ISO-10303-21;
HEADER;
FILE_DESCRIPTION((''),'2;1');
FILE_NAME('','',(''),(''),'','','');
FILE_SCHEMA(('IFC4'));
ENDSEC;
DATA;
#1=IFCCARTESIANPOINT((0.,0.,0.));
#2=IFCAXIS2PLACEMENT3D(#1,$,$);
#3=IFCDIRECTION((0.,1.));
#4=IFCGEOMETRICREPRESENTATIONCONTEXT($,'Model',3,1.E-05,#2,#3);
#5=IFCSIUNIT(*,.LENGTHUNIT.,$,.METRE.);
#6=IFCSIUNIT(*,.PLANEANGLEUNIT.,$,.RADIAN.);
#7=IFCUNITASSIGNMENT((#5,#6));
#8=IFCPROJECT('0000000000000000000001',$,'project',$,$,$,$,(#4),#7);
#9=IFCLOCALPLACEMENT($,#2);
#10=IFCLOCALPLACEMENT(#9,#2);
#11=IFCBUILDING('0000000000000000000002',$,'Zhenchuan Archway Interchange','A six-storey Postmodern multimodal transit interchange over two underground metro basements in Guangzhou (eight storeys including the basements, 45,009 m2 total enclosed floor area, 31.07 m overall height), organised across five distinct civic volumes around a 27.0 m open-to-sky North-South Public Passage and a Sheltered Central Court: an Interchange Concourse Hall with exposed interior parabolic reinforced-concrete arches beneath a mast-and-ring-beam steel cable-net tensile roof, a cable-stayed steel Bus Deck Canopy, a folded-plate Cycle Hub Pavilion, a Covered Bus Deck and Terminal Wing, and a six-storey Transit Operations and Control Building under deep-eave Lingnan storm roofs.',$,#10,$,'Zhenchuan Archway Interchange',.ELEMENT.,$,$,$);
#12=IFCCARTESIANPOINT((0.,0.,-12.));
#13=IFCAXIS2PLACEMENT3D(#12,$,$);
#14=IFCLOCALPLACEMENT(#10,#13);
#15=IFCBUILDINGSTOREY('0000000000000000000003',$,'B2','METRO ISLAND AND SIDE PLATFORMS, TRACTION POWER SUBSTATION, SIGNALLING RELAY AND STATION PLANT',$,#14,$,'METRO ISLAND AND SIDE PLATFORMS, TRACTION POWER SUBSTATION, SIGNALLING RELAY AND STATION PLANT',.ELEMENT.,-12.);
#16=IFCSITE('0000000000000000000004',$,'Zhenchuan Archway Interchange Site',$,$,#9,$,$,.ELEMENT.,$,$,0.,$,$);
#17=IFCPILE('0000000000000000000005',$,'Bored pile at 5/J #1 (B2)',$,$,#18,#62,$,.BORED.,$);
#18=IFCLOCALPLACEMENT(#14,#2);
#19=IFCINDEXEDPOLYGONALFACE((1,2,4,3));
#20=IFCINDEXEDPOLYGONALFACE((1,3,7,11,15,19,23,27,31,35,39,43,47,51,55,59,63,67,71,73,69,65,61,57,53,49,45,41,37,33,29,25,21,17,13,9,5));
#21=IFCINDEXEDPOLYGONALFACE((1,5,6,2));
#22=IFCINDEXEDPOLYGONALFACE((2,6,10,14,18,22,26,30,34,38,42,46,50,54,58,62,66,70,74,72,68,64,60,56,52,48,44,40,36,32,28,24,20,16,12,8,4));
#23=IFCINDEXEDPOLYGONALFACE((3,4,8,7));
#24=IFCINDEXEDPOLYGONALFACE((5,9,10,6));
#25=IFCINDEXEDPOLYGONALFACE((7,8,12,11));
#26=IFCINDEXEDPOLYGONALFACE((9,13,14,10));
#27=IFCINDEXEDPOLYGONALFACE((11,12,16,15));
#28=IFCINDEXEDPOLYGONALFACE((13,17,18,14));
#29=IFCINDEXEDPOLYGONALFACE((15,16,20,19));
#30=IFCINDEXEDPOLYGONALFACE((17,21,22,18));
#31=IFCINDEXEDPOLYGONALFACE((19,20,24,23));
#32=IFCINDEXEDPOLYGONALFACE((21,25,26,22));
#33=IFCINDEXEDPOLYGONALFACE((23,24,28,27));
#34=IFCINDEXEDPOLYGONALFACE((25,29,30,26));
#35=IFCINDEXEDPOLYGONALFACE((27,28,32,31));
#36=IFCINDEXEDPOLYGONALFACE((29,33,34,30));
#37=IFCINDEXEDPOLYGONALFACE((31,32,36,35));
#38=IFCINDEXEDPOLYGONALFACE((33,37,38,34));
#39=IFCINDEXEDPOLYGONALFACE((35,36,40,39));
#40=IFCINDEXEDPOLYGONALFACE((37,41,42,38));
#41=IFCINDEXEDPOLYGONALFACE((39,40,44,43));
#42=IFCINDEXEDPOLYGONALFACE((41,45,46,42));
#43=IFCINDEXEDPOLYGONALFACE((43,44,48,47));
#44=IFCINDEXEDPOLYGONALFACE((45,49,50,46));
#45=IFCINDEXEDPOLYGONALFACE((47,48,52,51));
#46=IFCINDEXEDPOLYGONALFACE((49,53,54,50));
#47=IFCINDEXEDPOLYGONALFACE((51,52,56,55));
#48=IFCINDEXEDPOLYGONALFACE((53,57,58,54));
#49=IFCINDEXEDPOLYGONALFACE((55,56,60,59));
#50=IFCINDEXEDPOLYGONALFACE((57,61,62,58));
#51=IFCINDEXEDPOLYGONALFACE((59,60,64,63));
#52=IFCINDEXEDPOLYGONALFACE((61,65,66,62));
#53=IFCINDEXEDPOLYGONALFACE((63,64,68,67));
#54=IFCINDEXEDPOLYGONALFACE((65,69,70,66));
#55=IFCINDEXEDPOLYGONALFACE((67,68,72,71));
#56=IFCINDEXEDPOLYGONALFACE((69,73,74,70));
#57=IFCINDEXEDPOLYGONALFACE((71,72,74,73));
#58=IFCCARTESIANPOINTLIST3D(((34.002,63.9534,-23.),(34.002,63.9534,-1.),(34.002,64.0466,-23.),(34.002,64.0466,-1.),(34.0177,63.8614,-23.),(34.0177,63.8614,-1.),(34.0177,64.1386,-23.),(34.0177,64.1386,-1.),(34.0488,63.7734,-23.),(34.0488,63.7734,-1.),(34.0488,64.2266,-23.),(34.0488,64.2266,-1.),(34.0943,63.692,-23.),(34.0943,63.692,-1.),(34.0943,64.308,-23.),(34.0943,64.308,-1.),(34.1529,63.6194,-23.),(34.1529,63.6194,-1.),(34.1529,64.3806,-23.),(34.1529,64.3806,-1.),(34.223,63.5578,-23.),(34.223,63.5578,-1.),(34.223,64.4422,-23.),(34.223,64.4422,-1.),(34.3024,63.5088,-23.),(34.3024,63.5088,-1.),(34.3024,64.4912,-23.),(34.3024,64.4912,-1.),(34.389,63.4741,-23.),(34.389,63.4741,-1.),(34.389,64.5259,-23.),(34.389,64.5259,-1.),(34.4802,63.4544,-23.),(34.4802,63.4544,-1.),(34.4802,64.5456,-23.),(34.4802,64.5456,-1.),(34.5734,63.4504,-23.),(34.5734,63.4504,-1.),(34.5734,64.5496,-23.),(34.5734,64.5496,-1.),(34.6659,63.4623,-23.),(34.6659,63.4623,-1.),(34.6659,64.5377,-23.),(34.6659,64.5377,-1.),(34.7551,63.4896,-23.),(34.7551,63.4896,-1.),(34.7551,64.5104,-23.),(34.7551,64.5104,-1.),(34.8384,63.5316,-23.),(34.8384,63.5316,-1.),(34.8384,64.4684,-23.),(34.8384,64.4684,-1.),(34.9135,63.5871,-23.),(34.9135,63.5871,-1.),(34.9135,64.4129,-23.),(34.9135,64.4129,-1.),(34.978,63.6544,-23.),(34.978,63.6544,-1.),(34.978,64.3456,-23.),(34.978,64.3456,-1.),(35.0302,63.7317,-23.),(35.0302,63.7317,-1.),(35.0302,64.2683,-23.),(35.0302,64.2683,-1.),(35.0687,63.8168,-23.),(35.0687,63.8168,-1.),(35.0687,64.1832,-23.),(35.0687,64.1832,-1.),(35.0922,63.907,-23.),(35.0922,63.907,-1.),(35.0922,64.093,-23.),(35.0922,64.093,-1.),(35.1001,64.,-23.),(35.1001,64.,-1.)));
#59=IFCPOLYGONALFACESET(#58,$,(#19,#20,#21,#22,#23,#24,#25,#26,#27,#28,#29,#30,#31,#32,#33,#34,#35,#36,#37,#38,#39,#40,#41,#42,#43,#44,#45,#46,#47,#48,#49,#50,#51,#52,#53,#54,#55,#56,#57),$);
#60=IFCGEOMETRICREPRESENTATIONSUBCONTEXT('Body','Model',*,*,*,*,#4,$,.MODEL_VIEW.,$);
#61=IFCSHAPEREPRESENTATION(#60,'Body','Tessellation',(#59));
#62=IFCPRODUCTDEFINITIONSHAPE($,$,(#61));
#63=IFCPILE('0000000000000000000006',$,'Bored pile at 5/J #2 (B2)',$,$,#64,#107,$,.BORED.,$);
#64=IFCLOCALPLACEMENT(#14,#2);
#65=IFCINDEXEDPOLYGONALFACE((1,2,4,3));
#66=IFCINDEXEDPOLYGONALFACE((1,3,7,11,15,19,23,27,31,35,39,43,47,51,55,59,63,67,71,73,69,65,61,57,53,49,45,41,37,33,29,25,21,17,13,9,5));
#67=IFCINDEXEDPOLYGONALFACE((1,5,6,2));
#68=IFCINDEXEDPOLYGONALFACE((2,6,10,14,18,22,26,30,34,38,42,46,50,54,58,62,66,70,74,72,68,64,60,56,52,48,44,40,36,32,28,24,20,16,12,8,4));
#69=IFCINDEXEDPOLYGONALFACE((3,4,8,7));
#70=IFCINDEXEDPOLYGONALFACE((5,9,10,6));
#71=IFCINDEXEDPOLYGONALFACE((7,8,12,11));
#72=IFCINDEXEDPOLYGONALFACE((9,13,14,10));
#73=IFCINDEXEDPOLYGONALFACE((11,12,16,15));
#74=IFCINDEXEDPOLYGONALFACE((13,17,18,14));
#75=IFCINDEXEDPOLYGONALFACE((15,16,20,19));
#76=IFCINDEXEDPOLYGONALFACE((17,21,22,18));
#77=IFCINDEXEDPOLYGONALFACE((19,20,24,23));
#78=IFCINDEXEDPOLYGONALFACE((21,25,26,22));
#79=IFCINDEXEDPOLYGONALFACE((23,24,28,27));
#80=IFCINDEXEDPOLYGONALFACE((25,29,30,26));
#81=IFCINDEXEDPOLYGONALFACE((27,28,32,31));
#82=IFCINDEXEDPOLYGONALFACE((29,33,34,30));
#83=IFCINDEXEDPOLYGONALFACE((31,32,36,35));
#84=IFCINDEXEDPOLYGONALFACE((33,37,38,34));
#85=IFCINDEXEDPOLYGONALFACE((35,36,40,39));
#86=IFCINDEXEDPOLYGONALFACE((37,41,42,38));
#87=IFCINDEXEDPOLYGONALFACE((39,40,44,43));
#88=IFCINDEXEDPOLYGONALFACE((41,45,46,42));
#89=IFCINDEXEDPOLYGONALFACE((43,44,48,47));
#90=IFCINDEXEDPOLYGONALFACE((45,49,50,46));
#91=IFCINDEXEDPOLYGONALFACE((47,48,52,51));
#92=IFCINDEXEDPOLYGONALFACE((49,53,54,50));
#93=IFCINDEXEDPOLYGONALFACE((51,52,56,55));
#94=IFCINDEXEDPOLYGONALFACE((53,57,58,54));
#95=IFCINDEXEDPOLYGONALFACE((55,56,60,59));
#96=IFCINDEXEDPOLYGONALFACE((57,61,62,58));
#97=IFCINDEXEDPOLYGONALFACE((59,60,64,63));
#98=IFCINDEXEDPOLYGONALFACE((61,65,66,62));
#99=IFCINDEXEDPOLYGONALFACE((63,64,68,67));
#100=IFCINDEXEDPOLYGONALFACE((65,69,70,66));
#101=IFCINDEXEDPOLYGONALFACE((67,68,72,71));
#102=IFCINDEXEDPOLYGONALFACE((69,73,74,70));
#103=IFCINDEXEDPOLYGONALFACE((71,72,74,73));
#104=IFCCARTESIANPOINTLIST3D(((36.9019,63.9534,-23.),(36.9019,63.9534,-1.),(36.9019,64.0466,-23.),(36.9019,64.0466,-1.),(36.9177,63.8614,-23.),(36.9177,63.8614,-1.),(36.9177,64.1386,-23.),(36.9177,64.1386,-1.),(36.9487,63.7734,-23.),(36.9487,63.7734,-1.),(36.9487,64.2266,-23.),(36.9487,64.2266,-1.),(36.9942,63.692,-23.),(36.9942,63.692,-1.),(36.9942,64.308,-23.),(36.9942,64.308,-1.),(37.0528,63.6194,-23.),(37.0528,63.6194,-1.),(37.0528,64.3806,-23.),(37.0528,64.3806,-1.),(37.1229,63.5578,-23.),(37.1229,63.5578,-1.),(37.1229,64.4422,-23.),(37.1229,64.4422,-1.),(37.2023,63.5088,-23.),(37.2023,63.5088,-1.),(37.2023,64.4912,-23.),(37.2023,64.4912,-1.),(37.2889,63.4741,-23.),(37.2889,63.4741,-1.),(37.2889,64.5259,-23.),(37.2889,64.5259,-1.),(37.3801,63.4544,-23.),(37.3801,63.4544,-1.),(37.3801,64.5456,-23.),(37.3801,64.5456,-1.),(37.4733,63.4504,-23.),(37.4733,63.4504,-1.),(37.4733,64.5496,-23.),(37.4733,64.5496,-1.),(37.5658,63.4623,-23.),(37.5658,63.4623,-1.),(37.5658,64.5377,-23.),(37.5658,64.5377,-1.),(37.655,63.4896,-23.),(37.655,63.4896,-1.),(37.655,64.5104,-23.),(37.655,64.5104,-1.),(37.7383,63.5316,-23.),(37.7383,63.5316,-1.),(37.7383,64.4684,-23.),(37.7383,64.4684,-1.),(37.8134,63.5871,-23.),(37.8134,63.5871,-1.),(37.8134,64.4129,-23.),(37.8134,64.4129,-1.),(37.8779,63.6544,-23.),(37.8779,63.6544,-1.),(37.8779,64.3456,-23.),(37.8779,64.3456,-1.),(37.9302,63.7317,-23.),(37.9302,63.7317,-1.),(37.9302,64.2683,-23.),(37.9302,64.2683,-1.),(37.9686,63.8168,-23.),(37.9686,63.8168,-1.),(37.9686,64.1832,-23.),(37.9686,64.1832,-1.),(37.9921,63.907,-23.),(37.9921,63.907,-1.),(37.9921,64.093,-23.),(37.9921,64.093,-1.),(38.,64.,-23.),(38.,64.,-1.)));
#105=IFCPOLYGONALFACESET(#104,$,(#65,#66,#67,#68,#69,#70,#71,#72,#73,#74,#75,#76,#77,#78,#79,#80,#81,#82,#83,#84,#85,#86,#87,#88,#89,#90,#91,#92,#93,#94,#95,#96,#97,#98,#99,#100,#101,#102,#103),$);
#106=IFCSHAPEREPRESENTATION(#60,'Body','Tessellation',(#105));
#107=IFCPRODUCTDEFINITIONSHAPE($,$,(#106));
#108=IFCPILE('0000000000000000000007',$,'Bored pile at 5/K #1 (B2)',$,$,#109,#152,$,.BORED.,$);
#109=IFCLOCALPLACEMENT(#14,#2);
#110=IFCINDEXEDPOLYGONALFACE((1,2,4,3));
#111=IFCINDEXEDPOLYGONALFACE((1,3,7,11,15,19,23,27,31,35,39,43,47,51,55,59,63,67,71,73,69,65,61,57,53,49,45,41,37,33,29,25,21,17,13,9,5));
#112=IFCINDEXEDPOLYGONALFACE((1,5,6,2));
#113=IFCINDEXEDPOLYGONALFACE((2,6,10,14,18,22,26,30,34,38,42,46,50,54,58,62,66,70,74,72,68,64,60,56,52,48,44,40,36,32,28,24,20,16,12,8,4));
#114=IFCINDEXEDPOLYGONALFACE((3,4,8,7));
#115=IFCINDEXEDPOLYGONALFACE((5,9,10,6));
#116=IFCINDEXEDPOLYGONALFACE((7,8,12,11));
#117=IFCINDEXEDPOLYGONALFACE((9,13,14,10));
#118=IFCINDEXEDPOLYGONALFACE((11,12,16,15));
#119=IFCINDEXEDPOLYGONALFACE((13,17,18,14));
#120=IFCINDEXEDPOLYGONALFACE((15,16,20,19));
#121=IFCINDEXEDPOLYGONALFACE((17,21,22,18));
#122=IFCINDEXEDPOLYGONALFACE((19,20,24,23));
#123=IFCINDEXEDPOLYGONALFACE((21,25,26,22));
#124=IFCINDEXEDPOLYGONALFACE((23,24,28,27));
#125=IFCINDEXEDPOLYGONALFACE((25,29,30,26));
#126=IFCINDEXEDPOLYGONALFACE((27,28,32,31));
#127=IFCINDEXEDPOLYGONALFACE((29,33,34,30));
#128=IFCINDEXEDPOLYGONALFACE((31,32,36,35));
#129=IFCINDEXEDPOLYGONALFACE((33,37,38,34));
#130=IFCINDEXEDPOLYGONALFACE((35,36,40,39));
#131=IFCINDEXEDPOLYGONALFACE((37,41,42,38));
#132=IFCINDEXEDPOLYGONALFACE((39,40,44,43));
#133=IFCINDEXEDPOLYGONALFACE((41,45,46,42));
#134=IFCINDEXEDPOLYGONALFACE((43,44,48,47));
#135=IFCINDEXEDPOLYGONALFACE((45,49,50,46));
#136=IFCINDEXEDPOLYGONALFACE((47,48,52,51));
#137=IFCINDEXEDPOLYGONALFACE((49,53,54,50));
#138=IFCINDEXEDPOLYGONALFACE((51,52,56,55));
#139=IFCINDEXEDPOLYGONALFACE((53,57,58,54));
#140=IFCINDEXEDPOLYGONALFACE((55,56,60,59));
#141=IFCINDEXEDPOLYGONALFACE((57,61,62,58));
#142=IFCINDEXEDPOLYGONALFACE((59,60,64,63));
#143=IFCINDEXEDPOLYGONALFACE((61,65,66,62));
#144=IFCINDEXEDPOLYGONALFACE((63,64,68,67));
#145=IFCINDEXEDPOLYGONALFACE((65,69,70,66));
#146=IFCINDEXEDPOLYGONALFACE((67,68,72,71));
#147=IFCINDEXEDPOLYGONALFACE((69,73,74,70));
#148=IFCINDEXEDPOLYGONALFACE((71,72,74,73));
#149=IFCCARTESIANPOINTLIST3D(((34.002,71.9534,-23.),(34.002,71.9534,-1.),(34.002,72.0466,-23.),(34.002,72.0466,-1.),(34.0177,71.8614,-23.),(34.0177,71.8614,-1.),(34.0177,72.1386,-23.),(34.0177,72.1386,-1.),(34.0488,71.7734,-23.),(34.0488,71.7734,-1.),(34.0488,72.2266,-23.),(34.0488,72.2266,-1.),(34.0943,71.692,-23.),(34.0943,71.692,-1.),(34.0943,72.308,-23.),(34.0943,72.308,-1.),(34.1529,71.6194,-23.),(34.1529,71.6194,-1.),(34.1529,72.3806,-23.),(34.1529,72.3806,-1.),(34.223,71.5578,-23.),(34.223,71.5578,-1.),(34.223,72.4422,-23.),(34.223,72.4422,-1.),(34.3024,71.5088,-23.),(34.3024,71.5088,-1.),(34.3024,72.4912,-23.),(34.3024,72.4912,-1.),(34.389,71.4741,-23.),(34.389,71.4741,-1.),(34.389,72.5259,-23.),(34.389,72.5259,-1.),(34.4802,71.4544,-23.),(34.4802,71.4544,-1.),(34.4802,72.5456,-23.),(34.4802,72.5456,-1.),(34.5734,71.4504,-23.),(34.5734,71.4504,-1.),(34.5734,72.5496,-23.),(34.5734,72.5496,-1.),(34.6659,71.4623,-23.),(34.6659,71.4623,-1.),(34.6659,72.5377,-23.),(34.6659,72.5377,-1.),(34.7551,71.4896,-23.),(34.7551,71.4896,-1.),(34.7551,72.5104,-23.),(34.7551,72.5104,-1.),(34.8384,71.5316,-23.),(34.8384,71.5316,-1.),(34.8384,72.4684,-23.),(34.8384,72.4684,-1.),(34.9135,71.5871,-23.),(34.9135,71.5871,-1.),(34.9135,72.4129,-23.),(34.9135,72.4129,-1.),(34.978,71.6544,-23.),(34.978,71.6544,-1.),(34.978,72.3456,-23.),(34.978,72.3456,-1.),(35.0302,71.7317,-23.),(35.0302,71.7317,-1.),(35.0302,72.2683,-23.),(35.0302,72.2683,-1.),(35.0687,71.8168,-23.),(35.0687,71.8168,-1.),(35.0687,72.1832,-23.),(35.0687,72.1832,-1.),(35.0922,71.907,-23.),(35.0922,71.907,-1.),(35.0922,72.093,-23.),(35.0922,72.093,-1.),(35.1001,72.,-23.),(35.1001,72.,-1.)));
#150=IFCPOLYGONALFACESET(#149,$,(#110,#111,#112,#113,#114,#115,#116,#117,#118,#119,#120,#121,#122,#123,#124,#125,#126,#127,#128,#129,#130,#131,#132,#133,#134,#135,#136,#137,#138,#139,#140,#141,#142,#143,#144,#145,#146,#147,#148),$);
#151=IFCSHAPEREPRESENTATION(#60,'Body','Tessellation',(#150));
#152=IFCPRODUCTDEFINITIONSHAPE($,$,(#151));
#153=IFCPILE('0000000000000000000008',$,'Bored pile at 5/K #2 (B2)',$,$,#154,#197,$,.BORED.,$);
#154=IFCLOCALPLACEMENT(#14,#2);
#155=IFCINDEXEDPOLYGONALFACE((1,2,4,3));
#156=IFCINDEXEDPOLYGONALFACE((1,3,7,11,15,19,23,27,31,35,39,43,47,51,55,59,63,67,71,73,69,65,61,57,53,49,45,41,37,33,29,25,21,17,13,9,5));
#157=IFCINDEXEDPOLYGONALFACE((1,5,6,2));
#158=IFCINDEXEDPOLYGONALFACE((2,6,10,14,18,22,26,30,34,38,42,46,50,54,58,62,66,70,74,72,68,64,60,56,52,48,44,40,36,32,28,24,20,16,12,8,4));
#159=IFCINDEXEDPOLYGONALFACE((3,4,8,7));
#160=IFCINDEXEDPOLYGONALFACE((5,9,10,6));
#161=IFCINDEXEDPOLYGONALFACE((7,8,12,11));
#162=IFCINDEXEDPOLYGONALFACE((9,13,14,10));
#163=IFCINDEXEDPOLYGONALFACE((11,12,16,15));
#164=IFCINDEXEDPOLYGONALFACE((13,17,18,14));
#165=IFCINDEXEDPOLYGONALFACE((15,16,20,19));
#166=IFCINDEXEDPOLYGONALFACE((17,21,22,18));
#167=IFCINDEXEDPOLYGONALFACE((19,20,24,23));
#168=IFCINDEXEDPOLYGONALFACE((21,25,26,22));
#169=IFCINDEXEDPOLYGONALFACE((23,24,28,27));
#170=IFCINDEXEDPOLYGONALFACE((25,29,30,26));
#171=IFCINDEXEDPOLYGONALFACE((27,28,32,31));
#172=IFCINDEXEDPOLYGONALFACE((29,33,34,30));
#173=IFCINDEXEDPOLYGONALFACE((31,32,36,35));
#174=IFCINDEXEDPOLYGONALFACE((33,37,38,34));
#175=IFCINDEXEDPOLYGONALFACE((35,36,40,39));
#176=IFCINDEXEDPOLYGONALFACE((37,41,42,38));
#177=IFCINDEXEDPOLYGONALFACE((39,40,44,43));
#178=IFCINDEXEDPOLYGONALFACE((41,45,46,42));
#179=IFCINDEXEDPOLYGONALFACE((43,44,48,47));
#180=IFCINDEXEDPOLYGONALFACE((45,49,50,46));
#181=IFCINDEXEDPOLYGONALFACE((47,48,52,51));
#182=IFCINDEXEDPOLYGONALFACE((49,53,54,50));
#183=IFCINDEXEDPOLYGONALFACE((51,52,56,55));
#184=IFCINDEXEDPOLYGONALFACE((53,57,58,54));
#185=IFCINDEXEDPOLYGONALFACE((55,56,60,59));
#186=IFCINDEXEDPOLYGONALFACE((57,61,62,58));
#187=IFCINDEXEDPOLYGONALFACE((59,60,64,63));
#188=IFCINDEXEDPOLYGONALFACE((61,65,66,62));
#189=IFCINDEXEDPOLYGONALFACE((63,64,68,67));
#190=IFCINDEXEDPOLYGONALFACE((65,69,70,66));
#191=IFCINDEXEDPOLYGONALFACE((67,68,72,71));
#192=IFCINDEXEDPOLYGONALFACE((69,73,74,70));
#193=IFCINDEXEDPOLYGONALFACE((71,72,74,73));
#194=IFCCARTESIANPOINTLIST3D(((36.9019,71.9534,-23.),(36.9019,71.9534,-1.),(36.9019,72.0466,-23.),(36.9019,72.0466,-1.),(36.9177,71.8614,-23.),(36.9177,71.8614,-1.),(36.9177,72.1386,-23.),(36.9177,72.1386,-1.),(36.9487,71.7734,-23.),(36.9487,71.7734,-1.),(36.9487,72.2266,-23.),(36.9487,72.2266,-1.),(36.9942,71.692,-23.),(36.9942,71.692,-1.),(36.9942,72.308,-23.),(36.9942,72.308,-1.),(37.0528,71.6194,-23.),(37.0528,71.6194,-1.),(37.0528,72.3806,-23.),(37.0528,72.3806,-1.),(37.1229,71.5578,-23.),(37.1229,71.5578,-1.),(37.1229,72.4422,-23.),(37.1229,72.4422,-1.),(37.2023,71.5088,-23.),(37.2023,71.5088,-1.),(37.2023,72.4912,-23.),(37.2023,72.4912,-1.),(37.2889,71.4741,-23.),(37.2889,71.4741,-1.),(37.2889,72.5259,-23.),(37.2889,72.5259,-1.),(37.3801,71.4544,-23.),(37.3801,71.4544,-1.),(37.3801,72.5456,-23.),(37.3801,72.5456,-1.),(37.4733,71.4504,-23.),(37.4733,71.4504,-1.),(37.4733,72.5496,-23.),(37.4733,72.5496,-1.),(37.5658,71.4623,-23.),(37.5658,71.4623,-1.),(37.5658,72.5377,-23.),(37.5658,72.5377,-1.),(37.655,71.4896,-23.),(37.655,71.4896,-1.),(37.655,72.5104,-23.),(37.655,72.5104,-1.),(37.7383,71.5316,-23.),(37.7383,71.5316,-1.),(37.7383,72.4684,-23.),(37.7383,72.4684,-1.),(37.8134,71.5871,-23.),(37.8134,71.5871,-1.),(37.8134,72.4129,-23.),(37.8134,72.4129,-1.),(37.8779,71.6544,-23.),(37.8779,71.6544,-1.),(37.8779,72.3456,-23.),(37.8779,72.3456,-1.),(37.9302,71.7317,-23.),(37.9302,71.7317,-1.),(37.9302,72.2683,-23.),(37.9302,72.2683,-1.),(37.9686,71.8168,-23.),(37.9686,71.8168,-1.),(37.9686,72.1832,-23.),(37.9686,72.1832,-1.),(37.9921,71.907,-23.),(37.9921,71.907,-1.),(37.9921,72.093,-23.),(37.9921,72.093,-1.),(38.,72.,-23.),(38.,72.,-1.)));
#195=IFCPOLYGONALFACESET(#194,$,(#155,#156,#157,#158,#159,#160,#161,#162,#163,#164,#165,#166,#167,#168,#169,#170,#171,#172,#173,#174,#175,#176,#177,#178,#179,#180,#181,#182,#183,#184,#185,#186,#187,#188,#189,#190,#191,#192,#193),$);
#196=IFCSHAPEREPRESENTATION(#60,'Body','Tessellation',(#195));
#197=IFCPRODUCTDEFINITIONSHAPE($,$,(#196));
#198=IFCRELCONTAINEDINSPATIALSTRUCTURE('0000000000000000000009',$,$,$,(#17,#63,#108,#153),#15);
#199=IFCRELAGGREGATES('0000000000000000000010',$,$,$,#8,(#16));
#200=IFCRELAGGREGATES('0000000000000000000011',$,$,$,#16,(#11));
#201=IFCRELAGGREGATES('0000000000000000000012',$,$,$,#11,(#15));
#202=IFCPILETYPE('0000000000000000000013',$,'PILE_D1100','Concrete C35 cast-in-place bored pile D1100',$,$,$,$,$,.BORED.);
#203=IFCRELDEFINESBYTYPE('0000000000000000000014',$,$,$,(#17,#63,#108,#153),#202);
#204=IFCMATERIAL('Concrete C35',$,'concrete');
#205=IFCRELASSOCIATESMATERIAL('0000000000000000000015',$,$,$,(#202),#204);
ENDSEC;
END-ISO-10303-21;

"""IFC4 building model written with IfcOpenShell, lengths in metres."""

from ifc_helpers import new_model, si_unit, direction, frame, origin, origin_2d, place, context, subcontext, project, spatial, circle, extrude, material, material_profile, profile_set, type_object, element, save


model = new_model("IFC4")

# Units and contexts
model_context = context("Model", 3, precision=1e-05, world=origin(), true_north=direction((0.0, 1.0)))
body_context = subcontext(model_context, "Body", "Model", "MODEL_VIEW")
ifc_project = project(units=[si_unit("LENGTHUNIT", "METRE"), si_unit("PLANEANGLEUNIT", "RADIAN")], contexts=[model_context])

# Site, building, storey
site_placement = place(None, origin())
site = spatial("IfcSite", under=ifc_project, at=site_placement, Name="Zhenchuan Archway Interchange Site", CompositionType="ELEMENT", RefElevation=0.0)
building_placement = place(site_placement, origin())
building = spatial("IfcBuilding", under=site, at=building_placement, Name="Zhenchuan Archway Interchange", Description="A six-storey Postmodern multimodal transit interchange over two underground metro basements in Guangzhou (eight storeys including the basements, 45,009 m2 total enclosed floor area, 31.07 m overall height), organised across five distinct civic volumes around a 27.0 m open-to-sky North-South Public Passage and a Sheltered Central Court: an Interchange Concourse Hall with exposed interior parabolic reinforced-concrete arches beneath a mast-and-ring-beam steel cable-net tensile roof, a cable-stayed steel Bus Deck Canopy, a folded-plate Cycle Hub Pavilion, a Covered Bus Deck and Terminal Wing, and a six-storey Transit Operations and Control Building under deep-eave Lingnan storm roofs.", LongName="Zhenchuan Archway Interchange", CompositionType="ELEMENT")
storey_placement = place(building_placement, frame((0.0, 0.0, -12.0)))
storey = spatial("IfcBuildingStorey", under=building, at=storey_placement, Name="B2", Description="METRO ISLAND AND SIDE PLATFORMS, TRACTION POWER SUBSTATION, SIGNALLING RELAY AND STATION PLANT", LongName="METRO ISLAND AND SIDE PLATFORMS, TRACTION POWER SUBSTATION, SIGNALLING RELAY AND STATION PLANT", CompositionType="ELEMENT", Elevation=-12.0)

# Piles
ifc_material_1 = material(Name="Concrete C35", Category="concrete")
ifc_material_profile_1 = material_profile(ifc_material_1, circle(Radius=0.55, at=origin_2d()), Name="BORED PILE 1100")
ifc_profile_set_1 = profile_set([ifc_material_profile_1], Name="Concrete C35")
pile_type_1 = type_object("IfcPileType", Name="PILE_D1100", Description="Concrete C35 cast-in-place bored pile D1100", PredefinedType="BORED", material=ifc_profile_set_1)
for number, where, z_axis, x_axis, name in (
    (1, (34.55, 64.0, -1.0), (0.0, 0.0, -1.0), (1.0, 0.0, 0.0), "Bored pile at 5/J #1 (B2)"),
    (2, (37.45, 64.0, -1.0), (0.0, 0.0, -1.0), (1.0, 0.0, 0.0), "Bored pile at 5/J #2 (B2)"),
    (3, (34.55, 72.0, -1.0), (0.0, 0.0, -1.0), (1.0, 0.0, 0.0), "Bored pile at 5/K #1 (B2)"),
    (4, (37.45, 72.0, -1.0), (0.0, 0.0, -1.0), (1.0, 0.0, 0.0), "Bored pile at 5/K #2 (B2)"),
):
    element("IfcPile", number, at=place(storey_placement, frame(where, z_axis=z_axis, x_axis=x_axis)), inside=storey, type_object=pile_type_1, Name=name, PredefinedType="BORED", context=body_context, shape_type="SweptSolid", body=[
        extrude(circle(Radius=0.55, at=origin_2d()), origin(), (0.0, 0.0, 1.0), 22.0),
    ])

save(model, "model.ifc")
